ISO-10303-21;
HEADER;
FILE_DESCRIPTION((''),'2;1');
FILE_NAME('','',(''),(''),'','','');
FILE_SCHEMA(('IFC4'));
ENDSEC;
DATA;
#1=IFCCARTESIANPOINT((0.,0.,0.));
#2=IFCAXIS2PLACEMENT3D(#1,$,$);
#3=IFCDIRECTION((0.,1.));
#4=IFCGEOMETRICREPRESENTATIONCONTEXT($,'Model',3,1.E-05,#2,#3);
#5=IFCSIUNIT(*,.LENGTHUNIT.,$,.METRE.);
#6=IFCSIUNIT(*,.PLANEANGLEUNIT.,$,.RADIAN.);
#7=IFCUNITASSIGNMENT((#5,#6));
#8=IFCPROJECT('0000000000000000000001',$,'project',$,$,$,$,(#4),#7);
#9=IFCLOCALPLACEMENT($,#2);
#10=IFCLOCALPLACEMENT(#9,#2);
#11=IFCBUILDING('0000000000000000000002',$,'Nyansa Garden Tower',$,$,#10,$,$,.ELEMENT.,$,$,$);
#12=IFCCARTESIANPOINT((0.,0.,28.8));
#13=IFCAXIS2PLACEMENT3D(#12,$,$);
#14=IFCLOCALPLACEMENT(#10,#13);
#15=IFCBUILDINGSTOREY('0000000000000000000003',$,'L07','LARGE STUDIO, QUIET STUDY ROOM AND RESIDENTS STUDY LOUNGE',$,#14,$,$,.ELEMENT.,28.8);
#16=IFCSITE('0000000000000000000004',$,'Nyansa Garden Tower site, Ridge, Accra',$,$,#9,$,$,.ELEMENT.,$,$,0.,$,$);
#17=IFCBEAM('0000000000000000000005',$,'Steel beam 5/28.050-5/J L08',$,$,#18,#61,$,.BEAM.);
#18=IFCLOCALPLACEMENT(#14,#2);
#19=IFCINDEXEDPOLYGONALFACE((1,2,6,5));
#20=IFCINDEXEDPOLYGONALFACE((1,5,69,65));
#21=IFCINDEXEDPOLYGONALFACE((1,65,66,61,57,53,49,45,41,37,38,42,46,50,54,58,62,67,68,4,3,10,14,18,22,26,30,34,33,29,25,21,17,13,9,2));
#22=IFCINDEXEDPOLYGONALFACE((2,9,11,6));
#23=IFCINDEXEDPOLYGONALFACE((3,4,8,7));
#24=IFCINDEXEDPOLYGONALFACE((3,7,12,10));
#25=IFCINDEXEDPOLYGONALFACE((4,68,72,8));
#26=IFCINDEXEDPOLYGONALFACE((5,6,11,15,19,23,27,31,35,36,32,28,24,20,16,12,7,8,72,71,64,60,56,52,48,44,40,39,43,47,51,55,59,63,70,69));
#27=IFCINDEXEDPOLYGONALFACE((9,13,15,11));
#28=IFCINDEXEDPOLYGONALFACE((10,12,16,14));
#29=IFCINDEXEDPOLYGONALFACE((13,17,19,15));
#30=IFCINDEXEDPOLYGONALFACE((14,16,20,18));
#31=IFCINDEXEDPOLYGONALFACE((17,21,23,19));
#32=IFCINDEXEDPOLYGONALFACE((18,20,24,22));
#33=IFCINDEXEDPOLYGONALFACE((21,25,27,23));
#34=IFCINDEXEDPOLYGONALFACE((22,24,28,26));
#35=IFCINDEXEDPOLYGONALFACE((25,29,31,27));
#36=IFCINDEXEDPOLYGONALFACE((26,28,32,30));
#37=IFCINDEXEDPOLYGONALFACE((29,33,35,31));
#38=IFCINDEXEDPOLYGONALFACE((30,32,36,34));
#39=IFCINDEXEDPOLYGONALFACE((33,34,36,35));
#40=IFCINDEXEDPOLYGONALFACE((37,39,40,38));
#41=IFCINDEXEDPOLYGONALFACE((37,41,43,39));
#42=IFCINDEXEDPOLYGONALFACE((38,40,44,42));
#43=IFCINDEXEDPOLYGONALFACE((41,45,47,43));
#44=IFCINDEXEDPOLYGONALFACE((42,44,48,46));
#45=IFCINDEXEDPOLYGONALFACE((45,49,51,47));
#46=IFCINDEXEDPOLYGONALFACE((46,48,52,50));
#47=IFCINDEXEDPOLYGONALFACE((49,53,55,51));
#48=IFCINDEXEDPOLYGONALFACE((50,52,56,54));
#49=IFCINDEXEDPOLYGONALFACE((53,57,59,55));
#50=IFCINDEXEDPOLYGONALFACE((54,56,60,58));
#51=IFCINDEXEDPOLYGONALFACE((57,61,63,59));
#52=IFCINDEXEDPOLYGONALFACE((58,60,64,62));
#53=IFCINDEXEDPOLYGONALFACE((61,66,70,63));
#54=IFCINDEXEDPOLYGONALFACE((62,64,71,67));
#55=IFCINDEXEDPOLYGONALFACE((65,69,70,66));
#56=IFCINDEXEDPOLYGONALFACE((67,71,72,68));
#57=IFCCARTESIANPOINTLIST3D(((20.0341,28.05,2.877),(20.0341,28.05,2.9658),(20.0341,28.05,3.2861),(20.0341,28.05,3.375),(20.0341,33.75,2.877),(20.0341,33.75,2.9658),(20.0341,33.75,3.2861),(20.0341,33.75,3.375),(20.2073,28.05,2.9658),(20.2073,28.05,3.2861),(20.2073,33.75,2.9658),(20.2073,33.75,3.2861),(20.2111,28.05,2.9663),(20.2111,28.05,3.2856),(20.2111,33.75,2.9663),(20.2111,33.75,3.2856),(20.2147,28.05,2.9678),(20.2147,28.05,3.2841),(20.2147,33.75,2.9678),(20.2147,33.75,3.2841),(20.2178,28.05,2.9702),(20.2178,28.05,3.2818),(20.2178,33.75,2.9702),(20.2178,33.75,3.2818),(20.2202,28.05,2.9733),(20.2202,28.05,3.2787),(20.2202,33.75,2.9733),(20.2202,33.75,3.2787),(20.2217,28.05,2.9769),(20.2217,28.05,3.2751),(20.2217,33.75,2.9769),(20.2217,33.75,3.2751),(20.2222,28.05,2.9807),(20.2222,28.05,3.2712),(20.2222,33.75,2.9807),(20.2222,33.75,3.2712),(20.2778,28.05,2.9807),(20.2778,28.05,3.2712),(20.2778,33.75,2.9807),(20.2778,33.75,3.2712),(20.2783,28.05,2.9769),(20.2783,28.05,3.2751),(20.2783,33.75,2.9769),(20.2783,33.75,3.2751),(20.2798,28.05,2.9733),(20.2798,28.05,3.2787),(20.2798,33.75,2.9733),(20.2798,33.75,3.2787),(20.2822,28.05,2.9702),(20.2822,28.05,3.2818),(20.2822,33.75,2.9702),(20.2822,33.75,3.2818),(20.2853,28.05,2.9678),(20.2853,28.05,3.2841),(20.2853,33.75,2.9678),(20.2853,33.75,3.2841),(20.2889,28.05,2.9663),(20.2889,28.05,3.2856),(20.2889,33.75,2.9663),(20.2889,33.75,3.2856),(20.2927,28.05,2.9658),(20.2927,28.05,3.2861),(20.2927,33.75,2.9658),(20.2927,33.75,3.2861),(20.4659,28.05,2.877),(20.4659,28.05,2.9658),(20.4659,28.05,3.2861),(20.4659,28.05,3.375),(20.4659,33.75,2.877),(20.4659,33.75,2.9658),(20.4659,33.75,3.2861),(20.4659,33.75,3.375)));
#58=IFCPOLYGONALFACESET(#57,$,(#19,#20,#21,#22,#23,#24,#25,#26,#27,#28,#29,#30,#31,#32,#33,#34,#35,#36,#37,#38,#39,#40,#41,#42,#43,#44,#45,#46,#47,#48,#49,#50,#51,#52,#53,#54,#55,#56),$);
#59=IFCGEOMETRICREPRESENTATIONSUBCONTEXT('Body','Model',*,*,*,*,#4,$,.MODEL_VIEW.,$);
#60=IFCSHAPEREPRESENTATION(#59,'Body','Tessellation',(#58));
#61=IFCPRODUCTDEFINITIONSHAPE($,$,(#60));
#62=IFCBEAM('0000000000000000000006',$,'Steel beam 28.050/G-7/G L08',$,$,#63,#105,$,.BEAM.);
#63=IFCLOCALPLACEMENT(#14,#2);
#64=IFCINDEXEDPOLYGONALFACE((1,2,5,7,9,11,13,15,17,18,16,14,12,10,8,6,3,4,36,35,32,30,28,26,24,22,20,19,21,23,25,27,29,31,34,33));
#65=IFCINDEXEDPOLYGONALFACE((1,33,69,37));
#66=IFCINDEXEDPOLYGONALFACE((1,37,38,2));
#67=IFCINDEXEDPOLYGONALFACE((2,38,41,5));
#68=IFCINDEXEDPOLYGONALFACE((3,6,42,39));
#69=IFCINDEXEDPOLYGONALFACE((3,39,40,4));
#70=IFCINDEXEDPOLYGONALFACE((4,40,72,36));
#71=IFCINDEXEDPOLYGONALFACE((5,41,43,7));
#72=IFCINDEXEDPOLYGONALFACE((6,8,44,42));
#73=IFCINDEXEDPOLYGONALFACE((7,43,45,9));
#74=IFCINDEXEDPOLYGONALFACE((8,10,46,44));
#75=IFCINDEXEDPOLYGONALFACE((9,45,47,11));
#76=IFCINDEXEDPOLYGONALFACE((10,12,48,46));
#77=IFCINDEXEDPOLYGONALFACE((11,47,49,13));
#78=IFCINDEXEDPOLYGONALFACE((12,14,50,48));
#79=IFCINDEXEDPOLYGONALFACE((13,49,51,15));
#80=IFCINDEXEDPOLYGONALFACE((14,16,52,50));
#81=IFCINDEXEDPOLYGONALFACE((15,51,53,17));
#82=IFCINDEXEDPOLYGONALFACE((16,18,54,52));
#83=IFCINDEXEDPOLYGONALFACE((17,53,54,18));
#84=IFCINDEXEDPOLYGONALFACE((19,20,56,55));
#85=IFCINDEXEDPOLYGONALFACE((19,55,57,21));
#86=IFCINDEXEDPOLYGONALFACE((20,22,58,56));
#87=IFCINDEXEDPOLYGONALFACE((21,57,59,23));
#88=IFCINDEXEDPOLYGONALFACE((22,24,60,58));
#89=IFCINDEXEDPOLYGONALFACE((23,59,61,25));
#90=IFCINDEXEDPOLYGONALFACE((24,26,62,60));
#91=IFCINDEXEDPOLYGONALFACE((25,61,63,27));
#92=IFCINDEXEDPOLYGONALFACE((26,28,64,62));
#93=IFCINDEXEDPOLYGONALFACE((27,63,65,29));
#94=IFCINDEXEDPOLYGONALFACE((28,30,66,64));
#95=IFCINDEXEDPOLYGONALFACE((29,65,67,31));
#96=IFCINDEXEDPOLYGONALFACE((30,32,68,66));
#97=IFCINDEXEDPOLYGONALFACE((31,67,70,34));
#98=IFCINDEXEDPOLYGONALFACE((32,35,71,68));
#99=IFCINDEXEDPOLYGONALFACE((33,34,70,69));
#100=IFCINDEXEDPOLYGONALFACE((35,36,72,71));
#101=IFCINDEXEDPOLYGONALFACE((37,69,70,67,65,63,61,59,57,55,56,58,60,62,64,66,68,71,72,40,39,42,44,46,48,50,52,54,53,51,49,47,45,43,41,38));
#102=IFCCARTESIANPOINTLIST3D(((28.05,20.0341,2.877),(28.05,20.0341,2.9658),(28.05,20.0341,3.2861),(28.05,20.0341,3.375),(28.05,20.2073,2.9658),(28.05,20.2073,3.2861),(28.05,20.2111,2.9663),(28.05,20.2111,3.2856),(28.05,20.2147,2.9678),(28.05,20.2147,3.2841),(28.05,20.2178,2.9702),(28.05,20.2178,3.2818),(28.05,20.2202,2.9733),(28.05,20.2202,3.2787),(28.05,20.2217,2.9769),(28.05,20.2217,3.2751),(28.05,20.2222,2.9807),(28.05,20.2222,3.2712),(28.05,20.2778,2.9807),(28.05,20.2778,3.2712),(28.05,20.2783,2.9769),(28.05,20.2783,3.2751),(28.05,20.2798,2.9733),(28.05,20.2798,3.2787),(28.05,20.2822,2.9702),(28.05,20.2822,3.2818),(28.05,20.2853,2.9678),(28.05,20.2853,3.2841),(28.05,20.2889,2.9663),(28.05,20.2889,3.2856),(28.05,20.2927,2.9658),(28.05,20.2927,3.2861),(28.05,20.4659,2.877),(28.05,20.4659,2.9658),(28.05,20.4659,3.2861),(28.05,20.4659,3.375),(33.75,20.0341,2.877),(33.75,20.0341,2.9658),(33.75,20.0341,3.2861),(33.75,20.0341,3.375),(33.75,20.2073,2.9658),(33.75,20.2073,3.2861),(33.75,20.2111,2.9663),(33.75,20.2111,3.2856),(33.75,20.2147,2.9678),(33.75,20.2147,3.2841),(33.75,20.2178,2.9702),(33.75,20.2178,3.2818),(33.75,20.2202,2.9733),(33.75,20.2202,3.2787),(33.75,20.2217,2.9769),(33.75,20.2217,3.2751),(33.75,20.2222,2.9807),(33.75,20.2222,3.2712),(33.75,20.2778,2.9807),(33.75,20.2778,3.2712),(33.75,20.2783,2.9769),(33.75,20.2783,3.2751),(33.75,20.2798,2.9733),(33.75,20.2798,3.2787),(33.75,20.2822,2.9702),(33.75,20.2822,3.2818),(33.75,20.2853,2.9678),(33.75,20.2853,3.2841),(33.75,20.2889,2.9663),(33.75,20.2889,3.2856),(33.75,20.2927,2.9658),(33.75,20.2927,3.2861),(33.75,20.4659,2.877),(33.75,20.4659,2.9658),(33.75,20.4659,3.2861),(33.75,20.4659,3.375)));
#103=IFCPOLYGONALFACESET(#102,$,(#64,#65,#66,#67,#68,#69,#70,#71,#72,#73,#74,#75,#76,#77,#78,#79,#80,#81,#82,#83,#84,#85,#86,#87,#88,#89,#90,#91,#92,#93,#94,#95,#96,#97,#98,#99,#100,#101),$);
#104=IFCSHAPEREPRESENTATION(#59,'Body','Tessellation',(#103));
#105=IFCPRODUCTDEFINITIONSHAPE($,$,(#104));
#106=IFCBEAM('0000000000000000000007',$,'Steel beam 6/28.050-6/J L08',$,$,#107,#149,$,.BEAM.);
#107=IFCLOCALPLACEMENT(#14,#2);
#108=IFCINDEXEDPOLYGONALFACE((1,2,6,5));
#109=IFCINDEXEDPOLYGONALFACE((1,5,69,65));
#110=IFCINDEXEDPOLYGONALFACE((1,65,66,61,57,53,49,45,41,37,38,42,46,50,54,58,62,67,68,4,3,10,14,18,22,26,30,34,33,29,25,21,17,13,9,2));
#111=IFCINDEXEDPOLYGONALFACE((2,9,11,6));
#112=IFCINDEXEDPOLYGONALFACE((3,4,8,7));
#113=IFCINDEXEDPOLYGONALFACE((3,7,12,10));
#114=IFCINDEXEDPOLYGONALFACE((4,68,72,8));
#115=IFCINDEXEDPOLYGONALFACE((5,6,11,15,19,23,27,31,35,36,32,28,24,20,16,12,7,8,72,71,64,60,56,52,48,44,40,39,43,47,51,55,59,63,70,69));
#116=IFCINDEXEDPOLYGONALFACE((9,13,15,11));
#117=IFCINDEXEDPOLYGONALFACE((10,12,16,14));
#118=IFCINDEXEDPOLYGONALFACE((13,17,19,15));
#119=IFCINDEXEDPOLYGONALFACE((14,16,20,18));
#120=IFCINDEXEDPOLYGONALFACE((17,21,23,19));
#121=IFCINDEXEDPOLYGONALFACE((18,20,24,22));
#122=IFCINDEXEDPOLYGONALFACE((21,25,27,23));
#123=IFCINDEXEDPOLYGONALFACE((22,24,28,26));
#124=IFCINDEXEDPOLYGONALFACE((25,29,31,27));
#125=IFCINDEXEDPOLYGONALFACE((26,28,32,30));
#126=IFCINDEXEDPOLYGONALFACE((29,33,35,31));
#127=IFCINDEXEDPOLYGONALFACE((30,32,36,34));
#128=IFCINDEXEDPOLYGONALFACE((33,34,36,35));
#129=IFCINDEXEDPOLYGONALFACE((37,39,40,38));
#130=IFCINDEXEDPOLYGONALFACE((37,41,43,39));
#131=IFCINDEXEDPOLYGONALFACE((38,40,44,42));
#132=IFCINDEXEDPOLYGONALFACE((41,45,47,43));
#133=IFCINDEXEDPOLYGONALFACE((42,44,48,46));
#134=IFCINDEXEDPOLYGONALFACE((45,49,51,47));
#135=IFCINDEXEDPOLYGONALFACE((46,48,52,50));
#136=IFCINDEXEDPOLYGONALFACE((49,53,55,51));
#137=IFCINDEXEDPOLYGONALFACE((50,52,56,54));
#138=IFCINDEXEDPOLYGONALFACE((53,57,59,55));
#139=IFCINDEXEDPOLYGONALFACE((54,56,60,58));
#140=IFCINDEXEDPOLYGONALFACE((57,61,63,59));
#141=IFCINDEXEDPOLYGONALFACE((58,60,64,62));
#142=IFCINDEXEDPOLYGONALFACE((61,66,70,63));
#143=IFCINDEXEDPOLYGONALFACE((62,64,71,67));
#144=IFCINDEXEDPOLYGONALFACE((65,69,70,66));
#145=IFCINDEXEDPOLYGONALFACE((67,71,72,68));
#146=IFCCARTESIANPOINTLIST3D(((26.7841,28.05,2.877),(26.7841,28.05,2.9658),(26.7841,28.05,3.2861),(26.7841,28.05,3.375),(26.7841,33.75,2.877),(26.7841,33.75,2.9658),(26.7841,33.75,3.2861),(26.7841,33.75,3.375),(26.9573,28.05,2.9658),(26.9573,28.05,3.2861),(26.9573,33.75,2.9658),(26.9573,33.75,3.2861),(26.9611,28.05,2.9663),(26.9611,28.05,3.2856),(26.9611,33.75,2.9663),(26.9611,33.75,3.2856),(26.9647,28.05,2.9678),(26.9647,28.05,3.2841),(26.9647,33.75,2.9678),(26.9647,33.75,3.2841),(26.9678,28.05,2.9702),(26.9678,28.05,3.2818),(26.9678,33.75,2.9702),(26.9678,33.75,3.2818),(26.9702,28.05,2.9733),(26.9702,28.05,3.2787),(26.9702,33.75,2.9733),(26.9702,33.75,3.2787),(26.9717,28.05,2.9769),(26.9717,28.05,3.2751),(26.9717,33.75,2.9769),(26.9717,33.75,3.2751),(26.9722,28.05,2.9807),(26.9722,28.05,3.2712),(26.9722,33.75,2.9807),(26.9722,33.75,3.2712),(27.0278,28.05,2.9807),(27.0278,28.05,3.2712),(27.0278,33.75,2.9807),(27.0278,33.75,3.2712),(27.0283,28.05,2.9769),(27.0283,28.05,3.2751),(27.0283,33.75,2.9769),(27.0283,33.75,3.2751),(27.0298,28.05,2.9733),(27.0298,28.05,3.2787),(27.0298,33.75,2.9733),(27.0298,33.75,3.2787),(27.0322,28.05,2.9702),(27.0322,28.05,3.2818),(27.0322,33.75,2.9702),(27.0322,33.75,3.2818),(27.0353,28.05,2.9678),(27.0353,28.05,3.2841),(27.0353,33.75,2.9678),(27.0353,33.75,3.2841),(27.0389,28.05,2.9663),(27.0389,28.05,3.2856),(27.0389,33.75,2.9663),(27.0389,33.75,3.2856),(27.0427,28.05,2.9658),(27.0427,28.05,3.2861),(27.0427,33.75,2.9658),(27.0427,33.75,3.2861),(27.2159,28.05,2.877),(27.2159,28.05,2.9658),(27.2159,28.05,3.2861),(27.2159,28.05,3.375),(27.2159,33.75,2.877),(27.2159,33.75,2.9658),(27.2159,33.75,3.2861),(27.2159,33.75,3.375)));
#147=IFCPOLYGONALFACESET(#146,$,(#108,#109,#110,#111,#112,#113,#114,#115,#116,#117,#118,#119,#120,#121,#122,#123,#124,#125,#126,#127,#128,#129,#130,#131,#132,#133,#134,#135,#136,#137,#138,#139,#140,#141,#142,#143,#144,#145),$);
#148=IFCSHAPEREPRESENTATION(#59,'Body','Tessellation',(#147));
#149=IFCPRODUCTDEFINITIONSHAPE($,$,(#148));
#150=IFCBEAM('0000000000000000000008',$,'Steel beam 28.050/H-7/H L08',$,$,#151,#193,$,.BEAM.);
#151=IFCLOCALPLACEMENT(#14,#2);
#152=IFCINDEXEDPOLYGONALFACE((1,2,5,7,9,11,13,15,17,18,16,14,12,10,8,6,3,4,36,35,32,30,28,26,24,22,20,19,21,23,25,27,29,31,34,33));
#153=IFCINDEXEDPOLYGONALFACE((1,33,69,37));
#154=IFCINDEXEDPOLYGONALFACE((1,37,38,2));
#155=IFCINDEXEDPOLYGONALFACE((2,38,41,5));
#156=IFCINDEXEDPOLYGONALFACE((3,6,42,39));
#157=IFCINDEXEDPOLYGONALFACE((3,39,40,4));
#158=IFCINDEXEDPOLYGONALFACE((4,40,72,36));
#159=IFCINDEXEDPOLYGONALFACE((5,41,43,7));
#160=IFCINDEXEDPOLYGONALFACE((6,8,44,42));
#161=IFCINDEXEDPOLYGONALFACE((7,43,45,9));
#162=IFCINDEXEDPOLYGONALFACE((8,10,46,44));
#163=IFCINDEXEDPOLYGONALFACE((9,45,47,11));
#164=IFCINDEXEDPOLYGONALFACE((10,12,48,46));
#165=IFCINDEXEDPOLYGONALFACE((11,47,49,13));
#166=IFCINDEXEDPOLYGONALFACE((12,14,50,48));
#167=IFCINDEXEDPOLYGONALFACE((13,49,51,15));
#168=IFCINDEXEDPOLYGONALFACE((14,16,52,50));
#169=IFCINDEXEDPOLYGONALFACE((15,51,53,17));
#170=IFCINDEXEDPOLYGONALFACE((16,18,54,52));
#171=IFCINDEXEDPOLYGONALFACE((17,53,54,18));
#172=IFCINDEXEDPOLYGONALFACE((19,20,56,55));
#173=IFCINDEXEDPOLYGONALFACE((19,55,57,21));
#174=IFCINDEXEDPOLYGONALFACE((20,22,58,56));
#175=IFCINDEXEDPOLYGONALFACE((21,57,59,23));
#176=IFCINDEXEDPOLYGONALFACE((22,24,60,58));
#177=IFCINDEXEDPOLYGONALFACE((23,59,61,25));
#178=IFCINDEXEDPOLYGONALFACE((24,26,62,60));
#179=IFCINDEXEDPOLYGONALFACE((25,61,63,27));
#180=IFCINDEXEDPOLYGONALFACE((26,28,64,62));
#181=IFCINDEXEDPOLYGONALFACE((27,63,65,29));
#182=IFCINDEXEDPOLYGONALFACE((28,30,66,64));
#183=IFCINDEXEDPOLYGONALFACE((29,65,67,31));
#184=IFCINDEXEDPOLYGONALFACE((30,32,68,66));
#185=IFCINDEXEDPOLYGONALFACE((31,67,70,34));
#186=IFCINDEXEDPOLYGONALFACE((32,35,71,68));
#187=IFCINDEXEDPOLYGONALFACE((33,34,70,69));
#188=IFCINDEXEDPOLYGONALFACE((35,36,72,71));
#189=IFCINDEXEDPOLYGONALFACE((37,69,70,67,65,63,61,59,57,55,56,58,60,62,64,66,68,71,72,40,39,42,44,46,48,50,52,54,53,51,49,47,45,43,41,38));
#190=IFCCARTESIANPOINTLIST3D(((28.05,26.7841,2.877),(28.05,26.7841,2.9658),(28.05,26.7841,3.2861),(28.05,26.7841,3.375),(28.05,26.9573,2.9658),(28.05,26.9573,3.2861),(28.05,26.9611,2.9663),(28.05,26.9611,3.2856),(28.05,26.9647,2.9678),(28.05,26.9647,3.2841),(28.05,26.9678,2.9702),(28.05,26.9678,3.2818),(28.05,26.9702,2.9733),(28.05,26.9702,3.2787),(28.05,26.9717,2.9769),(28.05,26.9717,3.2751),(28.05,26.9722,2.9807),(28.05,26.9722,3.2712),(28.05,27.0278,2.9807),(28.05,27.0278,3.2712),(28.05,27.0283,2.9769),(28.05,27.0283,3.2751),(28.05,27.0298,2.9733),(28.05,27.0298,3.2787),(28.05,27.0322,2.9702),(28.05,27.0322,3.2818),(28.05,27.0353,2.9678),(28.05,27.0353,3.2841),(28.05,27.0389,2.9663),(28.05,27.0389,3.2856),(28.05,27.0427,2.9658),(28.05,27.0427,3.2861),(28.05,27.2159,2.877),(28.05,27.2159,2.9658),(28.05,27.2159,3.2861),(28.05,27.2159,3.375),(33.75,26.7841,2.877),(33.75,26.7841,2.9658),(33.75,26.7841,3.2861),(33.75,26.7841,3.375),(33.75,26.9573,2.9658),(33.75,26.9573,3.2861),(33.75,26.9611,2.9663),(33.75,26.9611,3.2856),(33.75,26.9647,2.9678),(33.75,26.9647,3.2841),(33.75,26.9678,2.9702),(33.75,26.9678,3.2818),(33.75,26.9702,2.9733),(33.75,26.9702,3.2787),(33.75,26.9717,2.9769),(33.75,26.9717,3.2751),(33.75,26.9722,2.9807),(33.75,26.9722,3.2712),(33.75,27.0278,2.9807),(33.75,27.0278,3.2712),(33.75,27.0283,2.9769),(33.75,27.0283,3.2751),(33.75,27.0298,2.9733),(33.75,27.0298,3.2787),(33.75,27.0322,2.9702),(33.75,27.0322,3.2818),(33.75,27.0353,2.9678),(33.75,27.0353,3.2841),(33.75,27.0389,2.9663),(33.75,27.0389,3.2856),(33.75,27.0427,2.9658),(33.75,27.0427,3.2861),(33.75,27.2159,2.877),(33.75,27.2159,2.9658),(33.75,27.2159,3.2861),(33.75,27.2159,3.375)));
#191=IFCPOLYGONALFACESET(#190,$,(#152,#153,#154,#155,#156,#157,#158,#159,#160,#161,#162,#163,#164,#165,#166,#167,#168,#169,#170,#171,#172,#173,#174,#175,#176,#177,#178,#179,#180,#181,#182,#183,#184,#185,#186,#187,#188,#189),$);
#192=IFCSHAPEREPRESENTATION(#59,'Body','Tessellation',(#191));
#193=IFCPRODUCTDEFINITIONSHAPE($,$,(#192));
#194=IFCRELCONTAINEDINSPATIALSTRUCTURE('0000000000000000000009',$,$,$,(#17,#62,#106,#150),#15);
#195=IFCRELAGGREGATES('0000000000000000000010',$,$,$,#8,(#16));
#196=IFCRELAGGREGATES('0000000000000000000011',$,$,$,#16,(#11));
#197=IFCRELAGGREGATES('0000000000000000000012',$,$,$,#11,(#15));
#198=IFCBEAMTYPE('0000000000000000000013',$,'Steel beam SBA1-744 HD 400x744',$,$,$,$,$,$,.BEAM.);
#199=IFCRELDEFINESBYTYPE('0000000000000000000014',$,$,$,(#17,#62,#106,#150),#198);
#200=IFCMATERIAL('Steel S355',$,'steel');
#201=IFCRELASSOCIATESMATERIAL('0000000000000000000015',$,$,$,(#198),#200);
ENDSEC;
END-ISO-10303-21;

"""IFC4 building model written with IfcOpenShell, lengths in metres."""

from ifc_helpers import new_model, si_unit, direction, frame, origin, origin_2d, place, context, subcontext, project, spatial, i_section, extrude, material, material_profile, profile_set, type_object, element, save


model = new_model("IFC4")

# Units and contexts
model_context = context("Model", 3, precision=1e-05, world=origin(), true_north=direction((0.0, 1.0)))
body_context = subcontext(model_context, "Body", "Model", "MODEL_VIEW")
ifc_project = project(units=[si_unit("LENGTHUNIT", "METRE"), si_unit("PLANEANGLEUNIT", "RADIAN")], contexts=[model_context])

# Site, building, storey
site_placement = place(None, origin())
site = spatial("IfcSite", under=ifc_project, at=site_placement, Name="Nyansa Garden Tower site, Ridge, Accra", CompositionType="ELEMENT", RefElevation=0.0)
building_placement = place(site_placement, origin())
building = spatial("IfcBuilding", under=site, at=building_placement, Name="Nyansa Garden Tower", CompositionType="ELEMENT")
storey_placement = place(building_placement, frame((0.0, 0.0, 28.8)))
storey = spatial("IfcBuildingStorey", under=building, at=storey_placement, Name="L07", Description="LARGE STUDIO, QUIET STUDY ROOM AND RESIDENTS STUDY LOUNGE", CompositionType="ELEMENT", Elevation=28.8)

# Beams
ifc_material_1 = material(Name="Steel S355", Category="steel")
ifc_material_profile_1 = material_profile(ifc_material_1, i_section(OverallWidth=0.4319, OverallDepth=0.498, WebThickness=0.0557, FlangeThickness=0.0889, FilletRadius=0.0149, at=origin_2d()), Name="HD 400x744")
ifc_profile_set_1 = profile_set([ifc_material_profile_1], Name="Steel S355")
beam_type_1 = type_object("IfcBeamType", Name="Steel beam SBA1-744 HD 400x744", PredefinedType="BEAM", material=ifc_profile_set_1)
for number, where, z_axis, x_axis, name in (
    (1, (20.25, 28.05, 3.126), (0.0, 1.0, 0.0), (-1.0, 0.0, 0.0), "Steel beam 5/28.050-5/J L08"),
    (2, (28.05, 20.25, 3.126), (1.0, 0.0, 0.0), (0.0, 1.0, 0.0), "Steel beam 28.050/G-7/G L08"),
    (3, (27.0, 28.05, 3.126), (0.0, 1.0, 0.0), (-1.0, 0.0, 0.0), "Steel beam 6/28.050-6/J L08"),
    (4, (28.05, 27.0, 3.126), (1.0, 0.0, 0.0), (0.0, 1.0, 0.0), "Steel beam 28.050/H-7/H L08"),
):
    element("IfcBeam", number, at=place(storey_placement, frame(where, z_axis=z_axis, x_axis=x_axis)), inside=storey, type_object=beam_type_1, Name=name, PredefinedType="BEAM", context=body_context, shape_type="SweptSolid", body=[
        extrude(i_section(OverallWidth=0.4319, OverallDepth=0.498, WebThickness=0.0557, FlangeThickness=0.0889, FilletRadius=0.0149, at=origin_2d()), origin(), (0.0, 0.0, 1.0), 5.7),
    ])

save(model, "model.ifc")
